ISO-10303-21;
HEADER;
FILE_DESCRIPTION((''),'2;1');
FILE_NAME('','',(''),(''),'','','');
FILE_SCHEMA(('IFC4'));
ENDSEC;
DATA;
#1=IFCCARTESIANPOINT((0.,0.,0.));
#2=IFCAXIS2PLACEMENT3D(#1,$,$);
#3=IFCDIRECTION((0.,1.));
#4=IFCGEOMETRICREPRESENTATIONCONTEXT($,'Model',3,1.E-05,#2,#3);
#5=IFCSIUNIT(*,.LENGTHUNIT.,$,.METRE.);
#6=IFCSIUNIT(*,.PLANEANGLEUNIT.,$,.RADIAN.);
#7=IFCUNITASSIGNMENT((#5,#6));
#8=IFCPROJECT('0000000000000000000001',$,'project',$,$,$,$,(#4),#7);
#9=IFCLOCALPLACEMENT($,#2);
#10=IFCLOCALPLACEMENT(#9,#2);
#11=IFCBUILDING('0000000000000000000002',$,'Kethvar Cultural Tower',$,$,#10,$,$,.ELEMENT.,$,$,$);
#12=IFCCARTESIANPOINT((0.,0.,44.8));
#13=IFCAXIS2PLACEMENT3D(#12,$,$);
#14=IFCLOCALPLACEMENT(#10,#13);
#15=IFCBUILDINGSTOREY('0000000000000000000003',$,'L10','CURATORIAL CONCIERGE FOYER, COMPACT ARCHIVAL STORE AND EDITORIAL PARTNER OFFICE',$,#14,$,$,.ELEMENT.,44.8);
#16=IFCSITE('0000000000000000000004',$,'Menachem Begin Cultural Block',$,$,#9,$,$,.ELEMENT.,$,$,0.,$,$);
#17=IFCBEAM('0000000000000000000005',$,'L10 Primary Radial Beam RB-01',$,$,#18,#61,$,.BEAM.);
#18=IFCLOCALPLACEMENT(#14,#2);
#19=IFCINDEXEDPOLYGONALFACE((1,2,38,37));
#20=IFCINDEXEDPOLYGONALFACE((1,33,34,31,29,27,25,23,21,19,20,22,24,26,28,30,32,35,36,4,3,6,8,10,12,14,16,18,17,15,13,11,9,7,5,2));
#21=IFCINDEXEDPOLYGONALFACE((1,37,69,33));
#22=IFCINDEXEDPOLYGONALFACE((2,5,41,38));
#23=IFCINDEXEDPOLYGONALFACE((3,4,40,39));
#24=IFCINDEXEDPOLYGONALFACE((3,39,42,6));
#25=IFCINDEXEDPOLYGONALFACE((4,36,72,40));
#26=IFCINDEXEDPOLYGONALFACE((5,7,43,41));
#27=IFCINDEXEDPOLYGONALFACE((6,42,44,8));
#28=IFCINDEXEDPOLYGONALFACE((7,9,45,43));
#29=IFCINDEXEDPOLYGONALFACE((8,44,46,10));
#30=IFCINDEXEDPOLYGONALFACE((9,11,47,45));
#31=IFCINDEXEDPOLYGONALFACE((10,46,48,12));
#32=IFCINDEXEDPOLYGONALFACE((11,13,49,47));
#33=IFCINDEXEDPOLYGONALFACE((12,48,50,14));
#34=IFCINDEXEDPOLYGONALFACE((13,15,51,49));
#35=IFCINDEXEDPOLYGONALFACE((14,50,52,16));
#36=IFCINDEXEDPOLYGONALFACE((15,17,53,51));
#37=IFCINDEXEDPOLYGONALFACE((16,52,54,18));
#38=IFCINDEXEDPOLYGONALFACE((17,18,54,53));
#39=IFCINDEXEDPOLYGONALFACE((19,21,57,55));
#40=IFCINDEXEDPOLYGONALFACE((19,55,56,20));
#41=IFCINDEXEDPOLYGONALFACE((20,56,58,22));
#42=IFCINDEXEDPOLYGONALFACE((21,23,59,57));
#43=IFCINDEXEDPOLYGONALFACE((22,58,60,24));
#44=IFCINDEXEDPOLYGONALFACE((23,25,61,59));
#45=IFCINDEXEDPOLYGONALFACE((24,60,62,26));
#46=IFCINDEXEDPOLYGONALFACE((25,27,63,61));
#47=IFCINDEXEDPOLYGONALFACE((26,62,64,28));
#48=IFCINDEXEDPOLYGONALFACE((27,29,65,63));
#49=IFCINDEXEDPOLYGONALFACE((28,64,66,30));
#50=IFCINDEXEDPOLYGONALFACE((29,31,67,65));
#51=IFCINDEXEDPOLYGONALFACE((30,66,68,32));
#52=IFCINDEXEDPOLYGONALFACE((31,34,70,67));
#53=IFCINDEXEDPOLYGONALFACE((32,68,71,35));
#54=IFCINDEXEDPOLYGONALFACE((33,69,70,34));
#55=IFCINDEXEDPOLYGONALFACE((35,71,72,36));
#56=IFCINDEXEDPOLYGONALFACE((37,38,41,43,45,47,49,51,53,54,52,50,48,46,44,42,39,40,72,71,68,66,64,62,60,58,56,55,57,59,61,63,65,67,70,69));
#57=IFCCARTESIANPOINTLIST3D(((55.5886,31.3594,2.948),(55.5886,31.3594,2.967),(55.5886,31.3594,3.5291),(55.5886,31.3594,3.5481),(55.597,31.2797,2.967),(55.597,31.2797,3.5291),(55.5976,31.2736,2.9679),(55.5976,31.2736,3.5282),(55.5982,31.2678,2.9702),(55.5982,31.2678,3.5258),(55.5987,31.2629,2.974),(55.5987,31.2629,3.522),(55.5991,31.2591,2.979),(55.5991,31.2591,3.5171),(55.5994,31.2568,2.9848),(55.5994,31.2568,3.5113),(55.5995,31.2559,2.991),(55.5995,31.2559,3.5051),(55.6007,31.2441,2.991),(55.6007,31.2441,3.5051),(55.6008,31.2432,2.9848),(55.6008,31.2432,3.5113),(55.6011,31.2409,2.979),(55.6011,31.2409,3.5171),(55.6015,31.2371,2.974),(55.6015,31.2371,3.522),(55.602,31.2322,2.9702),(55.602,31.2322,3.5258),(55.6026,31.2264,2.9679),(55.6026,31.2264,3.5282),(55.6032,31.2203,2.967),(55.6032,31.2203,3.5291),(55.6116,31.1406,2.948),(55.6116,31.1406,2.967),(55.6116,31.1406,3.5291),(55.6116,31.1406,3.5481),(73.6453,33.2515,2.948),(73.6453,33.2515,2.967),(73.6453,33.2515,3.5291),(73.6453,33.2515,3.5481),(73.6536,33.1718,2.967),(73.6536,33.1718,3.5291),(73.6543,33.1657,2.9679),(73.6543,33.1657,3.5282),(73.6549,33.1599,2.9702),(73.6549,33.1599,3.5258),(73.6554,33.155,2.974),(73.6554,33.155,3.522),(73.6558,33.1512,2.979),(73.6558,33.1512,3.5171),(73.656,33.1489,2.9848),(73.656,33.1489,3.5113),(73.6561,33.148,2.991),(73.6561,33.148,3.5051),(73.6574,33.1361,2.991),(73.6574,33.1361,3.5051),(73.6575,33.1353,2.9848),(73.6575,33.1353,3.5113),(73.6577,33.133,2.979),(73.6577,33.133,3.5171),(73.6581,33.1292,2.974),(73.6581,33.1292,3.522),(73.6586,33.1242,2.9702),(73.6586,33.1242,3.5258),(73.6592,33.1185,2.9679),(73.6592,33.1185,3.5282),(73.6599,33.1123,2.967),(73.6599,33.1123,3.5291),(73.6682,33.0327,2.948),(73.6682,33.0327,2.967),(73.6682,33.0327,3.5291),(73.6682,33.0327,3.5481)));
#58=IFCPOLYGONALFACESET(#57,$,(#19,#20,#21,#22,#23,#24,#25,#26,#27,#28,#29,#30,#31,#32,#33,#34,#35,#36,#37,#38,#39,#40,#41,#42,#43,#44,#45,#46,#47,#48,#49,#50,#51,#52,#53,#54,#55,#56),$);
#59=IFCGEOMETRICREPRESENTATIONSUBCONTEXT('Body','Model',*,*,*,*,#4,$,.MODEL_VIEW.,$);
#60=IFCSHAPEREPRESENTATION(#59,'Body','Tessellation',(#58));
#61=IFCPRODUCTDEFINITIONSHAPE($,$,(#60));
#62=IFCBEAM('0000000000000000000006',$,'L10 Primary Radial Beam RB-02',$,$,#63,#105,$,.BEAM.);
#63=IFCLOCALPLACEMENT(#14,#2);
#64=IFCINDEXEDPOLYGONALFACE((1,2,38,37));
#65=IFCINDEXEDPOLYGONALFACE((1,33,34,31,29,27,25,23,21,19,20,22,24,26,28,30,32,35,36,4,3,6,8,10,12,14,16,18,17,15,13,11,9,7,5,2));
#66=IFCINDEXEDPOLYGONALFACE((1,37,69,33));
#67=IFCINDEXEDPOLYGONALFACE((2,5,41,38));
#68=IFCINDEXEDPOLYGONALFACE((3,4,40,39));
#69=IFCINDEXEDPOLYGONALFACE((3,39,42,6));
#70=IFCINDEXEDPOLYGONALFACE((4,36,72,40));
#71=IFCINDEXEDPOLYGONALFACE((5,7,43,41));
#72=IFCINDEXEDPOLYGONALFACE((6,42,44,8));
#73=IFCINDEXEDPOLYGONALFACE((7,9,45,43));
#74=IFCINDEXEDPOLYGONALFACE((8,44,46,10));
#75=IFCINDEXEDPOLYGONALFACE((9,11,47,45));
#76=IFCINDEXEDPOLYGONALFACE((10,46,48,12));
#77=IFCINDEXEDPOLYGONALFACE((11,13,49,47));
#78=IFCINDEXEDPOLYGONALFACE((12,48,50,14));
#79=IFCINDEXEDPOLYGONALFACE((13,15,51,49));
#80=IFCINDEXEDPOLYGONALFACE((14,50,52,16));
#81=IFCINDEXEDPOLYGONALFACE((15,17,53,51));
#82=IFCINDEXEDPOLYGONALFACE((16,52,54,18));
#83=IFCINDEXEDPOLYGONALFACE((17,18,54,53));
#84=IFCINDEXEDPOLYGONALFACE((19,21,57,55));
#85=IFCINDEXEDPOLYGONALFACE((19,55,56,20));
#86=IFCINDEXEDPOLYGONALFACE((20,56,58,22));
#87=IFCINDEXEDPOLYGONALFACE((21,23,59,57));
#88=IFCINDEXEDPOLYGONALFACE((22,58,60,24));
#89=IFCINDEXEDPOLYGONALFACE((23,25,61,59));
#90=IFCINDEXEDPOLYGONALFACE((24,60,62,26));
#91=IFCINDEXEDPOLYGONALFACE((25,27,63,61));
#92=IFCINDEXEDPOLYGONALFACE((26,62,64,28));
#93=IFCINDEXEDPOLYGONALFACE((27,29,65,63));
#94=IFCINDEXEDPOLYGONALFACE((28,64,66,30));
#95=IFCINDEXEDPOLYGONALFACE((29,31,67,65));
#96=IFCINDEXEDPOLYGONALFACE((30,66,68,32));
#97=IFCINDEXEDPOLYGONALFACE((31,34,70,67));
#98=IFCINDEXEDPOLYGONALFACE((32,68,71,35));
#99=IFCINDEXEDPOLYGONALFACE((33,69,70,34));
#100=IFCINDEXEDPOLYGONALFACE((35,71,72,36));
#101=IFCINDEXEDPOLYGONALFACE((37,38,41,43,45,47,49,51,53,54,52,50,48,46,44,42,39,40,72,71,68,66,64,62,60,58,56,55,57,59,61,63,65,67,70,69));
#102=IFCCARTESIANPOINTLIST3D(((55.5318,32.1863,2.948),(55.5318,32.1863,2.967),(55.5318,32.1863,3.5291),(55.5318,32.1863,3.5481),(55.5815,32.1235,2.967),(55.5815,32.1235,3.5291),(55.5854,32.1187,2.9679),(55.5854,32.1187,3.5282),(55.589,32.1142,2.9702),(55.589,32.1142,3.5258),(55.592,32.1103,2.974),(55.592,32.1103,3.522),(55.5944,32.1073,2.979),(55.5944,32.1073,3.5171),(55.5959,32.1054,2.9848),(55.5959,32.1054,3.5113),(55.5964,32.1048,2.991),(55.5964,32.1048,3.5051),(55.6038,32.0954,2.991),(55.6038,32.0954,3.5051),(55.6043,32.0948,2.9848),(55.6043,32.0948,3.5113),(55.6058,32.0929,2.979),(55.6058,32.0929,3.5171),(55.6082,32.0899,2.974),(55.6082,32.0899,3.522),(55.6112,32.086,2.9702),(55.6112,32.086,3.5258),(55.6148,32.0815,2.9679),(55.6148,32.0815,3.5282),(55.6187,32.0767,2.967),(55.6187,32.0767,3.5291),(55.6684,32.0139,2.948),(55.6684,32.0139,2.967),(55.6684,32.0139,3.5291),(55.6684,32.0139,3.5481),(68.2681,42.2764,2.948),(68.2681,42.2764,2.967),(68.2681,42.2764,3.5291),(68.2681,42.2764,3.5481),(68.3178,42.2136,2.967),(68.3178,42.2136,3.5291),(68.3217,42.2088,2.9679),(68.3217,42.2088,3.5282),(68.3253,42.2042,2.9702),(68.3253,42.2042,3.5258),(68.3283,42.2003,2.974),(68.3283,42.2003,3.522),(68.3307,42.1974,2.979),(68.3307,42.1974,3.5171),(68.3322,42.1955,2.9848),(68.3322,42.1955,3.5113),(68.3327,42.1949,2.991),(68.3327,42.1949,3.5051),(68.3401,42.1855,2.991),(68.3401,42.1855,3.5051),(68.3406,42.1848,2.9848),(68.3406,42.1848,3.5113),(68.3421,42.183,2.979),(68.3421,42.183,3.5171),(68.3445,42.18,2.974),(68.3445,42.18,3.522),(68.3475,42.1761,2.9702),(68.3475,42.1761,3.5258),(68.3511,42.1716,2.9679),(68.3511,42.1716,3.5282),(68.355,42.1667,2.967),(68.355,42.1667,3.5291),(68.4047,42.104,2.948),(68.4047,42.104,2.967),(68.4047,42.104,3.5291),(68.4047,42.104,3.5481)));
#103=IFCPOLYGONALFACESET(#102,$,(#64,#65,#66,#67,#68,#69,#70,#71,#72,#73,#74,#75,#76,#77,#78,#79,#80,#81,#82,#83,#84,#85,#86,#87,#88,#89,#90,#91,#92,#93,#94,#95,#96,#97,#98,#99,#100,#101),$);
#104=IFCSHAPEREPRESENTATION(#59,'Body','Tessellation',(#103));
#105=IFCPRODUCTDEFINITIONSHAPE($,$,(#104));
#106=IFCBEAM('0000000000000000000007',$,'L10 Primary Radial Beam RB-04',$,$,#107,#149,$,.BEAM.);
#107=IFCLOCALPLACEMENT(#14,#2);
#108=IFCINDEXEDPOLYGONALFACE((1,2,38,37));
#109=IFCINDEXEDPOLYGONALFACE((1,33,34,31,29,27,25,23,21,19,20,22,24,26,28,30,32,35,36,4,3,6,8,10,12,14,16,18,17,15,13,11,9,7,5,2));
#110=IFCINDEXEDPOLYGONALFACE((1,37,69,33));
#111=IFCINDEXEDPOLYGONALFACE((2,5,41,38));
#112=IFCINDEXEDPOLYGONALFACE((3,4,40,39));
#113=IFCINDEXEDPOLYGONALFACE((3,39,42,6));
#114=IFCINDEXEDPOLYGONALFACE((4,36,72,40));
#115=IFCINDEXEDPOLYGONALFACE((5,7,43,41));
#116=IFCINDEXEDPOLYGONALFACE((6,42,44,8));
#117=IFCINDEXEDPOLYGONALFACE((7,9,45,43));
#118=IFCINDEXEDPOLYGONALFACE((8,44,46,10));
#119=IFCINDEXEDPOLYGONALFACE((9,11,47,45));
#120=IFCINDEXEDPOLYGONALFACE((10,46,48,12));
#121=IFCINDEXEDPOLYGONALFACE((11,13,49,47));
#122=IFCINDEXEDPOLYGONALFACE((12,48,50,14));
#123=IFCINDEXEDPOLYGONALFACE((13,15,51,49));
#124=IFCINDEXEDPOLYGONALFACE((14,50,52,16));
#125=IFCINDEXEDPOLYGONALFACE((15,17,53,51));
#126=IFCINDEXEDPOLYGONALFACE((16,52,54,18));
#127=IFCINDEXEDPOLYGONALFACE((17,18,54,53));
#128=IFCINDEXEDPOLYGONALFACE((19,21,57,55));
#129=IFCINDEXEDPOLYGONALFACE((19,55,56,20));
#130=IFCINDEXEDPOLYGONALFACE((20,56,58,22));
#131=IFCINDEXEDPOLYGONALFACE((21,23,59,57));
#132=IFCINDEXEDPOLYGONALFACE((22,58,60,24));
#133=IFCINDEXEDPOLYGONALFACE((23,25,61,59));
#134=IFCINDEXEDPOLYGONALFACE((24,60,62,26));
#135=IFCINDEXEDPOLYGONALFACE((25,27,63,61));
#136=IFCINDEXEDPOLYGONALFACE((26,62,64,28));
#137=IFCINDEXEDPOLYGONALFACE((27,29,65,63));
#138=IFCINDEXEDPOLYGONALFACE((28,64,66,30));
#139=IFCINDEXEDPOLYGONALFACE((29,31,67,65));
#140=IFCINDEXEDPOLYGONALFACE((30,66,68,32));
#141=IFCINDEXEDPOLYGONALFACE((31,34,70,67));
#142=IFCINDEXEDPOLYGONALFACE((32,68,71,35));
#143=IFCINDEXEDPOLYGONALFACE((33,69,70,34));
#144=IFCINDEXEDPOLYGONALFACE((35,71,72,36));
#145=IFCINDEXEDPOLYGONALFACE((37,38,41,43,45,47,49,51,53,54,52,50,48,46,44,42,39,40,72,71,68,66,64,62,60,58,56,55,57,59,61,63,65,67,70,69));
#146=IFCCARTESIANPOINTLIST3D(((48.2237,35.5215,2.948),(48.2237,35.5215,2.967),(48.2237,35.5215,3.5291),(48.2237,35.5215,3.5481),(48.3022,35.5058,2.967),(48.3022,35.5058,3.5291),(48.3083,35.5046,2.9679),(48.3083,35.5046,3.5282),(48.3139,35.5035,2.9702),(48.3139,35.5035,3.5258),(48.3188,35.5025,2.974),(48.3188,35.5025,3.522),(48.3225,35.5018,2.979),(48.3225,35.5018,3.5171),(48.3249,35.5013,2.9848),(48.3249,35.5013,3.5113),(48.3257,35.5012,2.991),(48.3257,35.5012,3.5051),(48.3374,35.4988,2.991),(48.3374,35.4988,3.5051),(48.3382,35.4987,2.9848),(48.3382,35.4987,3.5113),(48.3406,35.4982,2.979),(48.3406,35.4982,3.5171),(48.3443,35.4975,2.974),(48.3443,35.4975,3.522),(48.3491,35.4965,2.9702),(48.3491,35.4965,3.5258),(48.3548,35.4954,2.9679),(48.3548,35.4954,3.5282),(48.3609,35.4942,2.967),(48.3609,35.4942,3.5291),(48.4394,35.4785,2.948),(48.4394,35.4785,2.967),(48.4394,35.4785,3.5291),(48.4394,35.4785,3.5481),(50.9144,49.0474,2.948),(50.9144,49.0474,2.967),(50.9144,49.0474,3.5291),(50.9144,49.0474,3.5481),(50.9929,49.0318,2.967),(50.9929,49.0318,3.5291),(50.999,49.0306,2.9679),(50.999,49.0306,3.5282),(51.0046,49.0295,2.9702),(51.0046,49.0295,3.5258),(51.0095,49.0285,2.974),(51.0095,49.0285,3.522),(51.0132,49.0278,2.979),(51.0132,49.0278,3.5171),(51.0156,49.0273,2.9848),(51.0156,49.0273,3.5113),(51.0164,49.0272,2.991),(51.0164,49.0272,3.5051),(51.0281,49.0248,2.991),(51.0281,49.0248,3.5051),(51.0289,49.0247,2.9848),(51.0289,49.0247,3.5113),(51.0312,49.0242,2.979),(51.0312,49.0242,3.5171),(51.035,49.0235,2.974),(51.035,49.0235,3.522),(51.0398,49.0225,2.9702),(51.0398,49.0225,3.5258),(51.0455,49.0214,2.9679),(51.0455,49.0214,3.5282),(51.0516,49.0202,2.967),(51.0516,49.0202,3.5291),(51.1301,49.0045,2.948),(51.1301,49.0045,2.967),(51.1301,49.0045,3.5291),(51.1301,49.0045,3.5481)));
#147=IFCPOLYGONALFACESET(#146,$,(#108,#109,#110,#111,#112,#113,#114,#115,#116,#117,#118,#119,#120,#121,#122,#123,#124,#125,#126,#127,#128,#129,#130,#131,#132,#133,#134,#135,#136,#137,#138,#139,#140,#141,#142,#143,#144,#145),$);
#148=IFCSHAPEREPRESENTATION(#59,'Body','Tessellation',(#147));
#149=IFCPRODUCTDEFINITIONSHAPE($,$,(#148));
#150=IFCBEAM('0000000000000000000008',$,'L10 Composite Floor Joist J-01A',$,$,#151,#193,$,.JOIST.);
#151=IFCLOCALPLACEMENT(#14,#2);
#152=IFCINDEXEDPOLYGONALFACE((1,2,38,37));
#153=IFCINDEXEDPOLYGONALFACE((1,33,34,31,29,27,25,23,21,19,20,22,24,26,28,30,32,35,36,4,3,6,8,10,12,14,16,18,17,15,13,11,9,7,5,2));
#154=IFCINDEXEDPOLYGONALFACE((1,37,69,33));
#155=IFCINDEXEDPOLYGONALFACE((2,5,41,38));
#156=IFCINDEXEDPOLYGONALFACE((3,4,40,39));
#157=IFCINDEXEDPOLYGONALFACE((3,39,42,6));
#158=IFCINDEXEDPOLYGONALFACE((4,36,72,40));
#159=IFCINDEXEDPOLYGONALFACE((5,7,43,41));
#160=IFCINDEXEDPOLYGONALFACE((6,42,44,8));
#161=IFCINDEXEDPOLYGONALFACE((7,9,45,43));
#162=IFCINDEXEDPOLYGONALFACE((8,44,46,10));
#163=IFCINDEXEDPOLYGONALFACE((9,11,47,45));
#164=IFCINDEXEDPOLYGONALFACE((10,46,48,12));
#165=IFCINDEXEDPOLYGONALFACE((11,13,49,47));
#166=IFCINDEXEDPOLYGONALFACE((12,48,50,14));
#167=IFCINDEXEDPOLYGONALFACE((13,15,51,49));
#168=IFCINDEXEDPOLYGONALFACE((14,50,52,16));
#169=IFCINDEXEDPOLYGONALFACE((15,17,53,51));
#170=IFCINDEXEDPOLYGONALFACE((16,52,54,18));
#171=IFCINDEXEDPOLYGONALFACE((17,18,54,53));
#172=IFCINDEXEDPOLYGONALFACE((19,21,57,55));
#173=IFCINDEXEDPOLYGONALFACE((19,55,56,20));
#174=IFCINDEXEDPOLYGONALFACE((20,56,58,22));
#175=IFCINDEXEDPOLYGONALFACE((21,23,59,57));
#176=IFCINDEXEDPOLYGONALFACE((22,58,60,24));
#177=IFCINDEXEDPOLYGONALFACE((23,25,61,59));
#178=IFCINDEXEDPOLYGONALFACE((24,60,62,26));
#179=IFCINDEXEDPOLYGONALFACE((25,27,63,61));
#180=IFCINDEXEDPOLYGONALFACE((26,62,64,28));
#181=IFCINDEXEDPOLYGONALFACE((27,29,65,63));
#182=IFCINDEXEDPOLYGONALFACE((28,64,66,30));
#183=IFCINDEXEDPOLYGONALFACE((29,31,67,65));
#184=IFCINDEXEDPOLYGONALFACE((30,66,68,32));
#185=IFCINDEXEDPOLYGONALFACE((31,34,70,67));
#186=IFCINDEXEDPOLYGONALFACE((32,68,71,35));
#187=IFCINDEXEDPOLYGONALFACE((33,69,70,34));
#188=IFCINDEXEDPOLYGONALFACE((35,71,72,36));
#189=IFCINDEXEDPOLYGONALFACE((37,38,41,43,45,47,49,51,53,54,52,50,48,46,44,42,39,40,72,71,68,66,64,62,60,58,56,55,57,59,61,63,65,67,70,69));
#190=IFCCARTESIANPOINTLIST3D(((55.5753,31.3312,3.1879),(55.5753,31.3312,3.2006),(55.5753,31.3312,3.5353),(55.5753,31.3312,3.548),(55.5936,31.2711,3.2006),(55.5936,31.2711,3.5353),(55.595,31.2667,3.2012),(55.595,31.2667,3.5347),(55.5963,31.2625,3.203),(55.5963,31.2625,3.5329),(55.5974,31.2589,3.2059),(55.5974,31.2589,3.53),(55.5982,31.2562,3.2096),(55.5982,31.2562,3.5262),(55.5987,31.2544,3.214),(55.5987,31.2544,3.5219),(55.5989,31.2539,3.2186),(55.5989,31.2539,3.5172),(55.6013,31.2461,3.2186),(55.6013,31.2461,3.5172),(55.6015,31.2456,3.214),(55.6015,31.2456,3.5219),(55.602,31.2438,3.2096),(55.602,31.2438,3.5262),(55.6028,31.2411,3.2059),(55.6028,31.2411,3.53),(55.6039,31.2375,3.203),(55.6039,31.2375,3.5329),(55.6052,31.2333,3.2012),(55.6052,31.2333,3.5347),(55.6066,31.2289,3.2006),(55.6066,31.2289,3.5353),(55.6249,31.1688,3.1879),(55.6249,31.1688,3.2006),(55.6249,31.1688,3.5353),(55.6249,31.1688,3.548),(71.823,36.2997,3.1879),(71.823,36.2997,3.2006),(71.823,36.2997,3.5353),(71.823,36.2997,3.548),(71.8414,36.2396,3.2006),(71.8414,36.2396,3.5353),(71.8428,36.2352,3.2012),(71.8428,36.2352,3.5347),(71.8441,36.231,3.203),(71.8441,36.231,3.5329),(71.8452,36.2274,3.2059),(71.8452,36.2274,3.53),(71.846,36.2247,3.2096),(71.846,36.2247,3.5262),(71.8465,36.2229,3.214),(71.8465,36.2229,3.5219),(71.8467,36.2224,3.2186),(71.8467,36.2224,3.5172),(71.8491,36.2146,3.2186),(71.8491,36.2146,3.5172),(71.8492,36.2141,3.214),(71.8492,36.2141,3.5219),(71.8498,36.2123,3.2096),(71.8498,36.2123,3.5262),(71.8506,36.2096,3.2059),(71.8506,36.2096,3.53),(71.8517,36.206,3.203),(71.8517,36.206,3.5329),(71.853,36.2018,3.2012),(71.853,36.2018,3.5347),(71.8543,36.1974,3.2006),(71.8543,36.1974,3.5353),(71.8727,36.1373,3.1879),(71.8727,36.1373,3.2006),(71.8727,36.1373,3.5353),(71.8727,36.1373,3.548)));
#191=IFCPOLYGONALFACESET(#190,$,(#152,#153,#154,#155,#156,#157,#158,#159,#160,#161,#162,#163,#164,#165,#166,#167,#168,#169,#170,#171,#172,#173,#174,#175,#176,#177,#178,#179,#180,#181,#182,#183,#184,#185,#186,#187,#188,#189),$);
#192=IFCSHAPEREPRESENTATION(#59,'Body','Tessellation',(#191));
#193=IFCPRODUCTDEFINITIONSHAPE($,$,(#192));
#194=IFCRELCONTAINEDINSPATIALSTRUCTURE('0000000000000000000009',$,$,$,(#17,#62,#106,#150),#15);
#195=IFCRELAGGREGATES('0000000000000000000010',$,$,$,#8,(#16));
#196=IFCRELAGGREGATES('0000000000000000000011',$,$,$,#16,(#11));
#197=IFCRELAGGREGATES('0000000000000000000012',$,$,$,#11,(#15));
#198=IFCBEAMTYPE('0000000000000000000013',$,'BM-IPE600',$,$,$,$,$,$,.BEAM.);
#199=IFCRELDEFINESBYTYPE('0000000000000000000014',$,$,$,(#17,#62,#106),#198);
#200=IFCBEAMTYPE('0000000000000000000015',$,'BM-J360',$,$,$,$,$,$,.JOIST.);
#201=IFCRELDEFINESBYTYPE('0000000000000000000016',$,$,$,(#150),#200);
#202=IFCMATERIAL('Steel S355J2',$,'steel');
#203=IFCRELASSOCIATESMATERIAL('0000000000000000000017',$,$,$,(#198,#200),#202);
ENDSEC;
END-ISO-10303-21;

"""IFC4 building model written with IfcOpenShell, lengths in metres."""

from ifc_helpers import new_model, si_unit, direction, frame, origin, origin_2d, place, context, subcontext, project, spatial, i_section, extrude, source, transform, mapped, material, material_profile, profile_set, type_object, element, save


model = new_model("IFC4")

# Units and contexts
model_context = context("Model", 3, precision=1e-05, world=origin(), true_north=direction((0.0, 1.0)))
body_context = subcontext(model_context, "Body", "Model", "MODEL_VIEW")
ifc_project = project(units=[si_unit("LENGTHUNIT", "METRE"), si_unit("PLANEANGLEUNIT", "RADIAN")], contexts=[model_context])

# Site, building, storey
site_placement = place(None, origin())
site = spatial("IfcSite", under=ifc_project, at=site_placement, Name="Menachem Begin Cultural Block", CompositionType="ELEMENT", RefElevation=0.0)
building_placement = place(site_placement, origin())
building = spatial("IfcBuilding", under=site, at=building_placement, Name="Kethvar Cultural Tower", CompositionType="ELEMENT")
storey_placement = place(building_placement, frame((0.0, 0.0, 44.8)))
storey = spatial("IfcBuildingStorey", under=building, at=storey_placement, Name="L10", Description="CURATORIAL CONCIERGE FOYER, COMPACT ARCHIVAL STORE AND EDITORIAL PARTNER OFFICE", CompositionType="ELEMENT", Elevation=44.8)

# Beams
ifc_material_1 = material(Name="Steel S355J2", Category="steel")
ifc_material_profile_1 = material_profile(ifc_material_1, i_section(OverallWidth=0.22, OverallDepth=0.6001, WebThickness=0.012, FlangeThickness=0.019, FilletRadius=0.0239, at=origin_2d()), Name="Steel S355J2 — IPE600")
ifc_profile_set_1 = profile_set([ifc_material_profile_1], Name="Steel S355J2 — IPE600")
beam_type_1 = type_object("IfcBeamType", Name="BM-IPE600", PredefinedType="BEAM", material=ifc_profile_set_1)
shared_shape_1 = source(origin(), body_context, "Body", "SweptSolid", [
    extrude(i_section(OverallWidth=0.22, OverallDepth=0.6001, WebThickness=0.012, FlangeThickness=0.019, FilletRadius=0.0239, at=origin_2d()), origin(), (0.0, 0.0, 1.0), 18.1555),
])
beam_1_placement = place(storey_placement, frame((55.6001, 31.25, 3.248), z_axis=(0.994555, 0.104216, 0.0), x_axis=(-0.104216, 0.994555, 0.0)))
element("IfcBeam", 1, at=beam_1_placement, inside=storey, type_object=beam_type_1, Name="L10 Primary Radial Beam RB-01", PredefinedType="BEAM", context=body_context, shape_type="MappedRepresentation", body=[
    mapped(shared_shape_1, transform((0.0, 0.0, 0.0), scale=1.0)),
])
shared_shape_2 = source(origin(), body_context, "Body", "SweptSolid", [
    extrude(i_section(OverallWidth=0.22, OverallDepth=0.6001, WebThickness=0.012, FlangeThickness=0.019, FilletRadius=0.0239, at=origin_2d()), origin(), (0.0, 0.0, 1.0), 16.2488),
])
beam_2_placement = place(storey_placement, frame((55.6001, 32.1001, 3.248), z_axis=(0.783831, 0.620974, 0.0), x_axis=(-0.620974, 0.783831, 0.0)))
element("IfcBeam", 2, at=beam_2_placement, inside=storey, type_object=beam_type_1, Name="L10 Primary Radial Beam RB-02", PredefinedType="BEAM", context=body_context, shape_type="MappedRepresentation", body=[
    mapped(shared_shape_2, transform((0.0, 0.0, 0.0), scale=1.0)),
])
shared_shape_3 = source(origin(), body_context, "Body", "SweptSolid", [
    extrude(i_section(OverallWidth=0.22, OverallDepth=0.6001, WebThickness=0.012, FlangeThickness=0.019, FilletRadius=0.0239, at=origin_2d()), origin(), (0.0, 0.0, 1.0), 13.791),
])
beam_3_placement = place(storey_placement, frame((48.3315, 35.5, 3.248), z_axis=(0.195105, 0.980782, 0.0), x_axis=(-0.980782, 0.195105, 0.0)))
element("IfcBeam", 3, at=beam_3_placement, inside=storey, type_object=beam_type_1, Name="L10 Primary Radial Beam RB-04", PredefinedType="BEAM", context=body_context, shape_type="MappedRepresentation", body=[
    mapped(shared_shape_3, transform((0.0, 0.0, 0.0), scale=1.0)),
])
ifc_material_profile_2 = material_profile(ifc_material_1, i_section(OverallWidth=0.1699, OverallDepth=0.3601, WebThickness=0.0081, FlangeThickness=0.0127, FilletRadius=0.0181, at=origin_2d()), Name="Steel S355J2 — IPE360")
ifc_profile_set_2 = profile_set([ifc_material_profile_2], Name="Steel S355J2 — IPE360")
beam_type_2 = type_object("IfcBeamType", Name="BM-J360", PredefinedType="JOIST", material=ifc_profile_set_2)
shared_shape_4 = source(origin(), body_context, "Body", "SweptSolid", [
    extrude(i_section(OverallWidth=0.1699, OverallDepth=0.3601, WebThickness=0.0081, FlangeThickness=0.0127, FilletRadius=0.0181, at=origin_2d()), origin(), (0.0, 0.0, 1.0), 16.9905),
])
beam_4_placement = place(storey_placement, frame((55.6001, 31.25, 3.3679), z_axis=(0.956287, 0.292428, 0.0), x_axis=(-0.292428, 0.956287, 0.0)))
element("IfcBeam", 4, at=beam_4_placement, inside=storey, type_object=beam_type_2, Name="L10 Composite Floor Joist J-01A", PredefinedType="JOIST", context=body_context, shape_type="MappedRepresentation", body=[
    mapped(shared_shape_4, transform((0.0, 0.0, 0.0), scale=1.0)),
])

save(model, "model.ifc")
